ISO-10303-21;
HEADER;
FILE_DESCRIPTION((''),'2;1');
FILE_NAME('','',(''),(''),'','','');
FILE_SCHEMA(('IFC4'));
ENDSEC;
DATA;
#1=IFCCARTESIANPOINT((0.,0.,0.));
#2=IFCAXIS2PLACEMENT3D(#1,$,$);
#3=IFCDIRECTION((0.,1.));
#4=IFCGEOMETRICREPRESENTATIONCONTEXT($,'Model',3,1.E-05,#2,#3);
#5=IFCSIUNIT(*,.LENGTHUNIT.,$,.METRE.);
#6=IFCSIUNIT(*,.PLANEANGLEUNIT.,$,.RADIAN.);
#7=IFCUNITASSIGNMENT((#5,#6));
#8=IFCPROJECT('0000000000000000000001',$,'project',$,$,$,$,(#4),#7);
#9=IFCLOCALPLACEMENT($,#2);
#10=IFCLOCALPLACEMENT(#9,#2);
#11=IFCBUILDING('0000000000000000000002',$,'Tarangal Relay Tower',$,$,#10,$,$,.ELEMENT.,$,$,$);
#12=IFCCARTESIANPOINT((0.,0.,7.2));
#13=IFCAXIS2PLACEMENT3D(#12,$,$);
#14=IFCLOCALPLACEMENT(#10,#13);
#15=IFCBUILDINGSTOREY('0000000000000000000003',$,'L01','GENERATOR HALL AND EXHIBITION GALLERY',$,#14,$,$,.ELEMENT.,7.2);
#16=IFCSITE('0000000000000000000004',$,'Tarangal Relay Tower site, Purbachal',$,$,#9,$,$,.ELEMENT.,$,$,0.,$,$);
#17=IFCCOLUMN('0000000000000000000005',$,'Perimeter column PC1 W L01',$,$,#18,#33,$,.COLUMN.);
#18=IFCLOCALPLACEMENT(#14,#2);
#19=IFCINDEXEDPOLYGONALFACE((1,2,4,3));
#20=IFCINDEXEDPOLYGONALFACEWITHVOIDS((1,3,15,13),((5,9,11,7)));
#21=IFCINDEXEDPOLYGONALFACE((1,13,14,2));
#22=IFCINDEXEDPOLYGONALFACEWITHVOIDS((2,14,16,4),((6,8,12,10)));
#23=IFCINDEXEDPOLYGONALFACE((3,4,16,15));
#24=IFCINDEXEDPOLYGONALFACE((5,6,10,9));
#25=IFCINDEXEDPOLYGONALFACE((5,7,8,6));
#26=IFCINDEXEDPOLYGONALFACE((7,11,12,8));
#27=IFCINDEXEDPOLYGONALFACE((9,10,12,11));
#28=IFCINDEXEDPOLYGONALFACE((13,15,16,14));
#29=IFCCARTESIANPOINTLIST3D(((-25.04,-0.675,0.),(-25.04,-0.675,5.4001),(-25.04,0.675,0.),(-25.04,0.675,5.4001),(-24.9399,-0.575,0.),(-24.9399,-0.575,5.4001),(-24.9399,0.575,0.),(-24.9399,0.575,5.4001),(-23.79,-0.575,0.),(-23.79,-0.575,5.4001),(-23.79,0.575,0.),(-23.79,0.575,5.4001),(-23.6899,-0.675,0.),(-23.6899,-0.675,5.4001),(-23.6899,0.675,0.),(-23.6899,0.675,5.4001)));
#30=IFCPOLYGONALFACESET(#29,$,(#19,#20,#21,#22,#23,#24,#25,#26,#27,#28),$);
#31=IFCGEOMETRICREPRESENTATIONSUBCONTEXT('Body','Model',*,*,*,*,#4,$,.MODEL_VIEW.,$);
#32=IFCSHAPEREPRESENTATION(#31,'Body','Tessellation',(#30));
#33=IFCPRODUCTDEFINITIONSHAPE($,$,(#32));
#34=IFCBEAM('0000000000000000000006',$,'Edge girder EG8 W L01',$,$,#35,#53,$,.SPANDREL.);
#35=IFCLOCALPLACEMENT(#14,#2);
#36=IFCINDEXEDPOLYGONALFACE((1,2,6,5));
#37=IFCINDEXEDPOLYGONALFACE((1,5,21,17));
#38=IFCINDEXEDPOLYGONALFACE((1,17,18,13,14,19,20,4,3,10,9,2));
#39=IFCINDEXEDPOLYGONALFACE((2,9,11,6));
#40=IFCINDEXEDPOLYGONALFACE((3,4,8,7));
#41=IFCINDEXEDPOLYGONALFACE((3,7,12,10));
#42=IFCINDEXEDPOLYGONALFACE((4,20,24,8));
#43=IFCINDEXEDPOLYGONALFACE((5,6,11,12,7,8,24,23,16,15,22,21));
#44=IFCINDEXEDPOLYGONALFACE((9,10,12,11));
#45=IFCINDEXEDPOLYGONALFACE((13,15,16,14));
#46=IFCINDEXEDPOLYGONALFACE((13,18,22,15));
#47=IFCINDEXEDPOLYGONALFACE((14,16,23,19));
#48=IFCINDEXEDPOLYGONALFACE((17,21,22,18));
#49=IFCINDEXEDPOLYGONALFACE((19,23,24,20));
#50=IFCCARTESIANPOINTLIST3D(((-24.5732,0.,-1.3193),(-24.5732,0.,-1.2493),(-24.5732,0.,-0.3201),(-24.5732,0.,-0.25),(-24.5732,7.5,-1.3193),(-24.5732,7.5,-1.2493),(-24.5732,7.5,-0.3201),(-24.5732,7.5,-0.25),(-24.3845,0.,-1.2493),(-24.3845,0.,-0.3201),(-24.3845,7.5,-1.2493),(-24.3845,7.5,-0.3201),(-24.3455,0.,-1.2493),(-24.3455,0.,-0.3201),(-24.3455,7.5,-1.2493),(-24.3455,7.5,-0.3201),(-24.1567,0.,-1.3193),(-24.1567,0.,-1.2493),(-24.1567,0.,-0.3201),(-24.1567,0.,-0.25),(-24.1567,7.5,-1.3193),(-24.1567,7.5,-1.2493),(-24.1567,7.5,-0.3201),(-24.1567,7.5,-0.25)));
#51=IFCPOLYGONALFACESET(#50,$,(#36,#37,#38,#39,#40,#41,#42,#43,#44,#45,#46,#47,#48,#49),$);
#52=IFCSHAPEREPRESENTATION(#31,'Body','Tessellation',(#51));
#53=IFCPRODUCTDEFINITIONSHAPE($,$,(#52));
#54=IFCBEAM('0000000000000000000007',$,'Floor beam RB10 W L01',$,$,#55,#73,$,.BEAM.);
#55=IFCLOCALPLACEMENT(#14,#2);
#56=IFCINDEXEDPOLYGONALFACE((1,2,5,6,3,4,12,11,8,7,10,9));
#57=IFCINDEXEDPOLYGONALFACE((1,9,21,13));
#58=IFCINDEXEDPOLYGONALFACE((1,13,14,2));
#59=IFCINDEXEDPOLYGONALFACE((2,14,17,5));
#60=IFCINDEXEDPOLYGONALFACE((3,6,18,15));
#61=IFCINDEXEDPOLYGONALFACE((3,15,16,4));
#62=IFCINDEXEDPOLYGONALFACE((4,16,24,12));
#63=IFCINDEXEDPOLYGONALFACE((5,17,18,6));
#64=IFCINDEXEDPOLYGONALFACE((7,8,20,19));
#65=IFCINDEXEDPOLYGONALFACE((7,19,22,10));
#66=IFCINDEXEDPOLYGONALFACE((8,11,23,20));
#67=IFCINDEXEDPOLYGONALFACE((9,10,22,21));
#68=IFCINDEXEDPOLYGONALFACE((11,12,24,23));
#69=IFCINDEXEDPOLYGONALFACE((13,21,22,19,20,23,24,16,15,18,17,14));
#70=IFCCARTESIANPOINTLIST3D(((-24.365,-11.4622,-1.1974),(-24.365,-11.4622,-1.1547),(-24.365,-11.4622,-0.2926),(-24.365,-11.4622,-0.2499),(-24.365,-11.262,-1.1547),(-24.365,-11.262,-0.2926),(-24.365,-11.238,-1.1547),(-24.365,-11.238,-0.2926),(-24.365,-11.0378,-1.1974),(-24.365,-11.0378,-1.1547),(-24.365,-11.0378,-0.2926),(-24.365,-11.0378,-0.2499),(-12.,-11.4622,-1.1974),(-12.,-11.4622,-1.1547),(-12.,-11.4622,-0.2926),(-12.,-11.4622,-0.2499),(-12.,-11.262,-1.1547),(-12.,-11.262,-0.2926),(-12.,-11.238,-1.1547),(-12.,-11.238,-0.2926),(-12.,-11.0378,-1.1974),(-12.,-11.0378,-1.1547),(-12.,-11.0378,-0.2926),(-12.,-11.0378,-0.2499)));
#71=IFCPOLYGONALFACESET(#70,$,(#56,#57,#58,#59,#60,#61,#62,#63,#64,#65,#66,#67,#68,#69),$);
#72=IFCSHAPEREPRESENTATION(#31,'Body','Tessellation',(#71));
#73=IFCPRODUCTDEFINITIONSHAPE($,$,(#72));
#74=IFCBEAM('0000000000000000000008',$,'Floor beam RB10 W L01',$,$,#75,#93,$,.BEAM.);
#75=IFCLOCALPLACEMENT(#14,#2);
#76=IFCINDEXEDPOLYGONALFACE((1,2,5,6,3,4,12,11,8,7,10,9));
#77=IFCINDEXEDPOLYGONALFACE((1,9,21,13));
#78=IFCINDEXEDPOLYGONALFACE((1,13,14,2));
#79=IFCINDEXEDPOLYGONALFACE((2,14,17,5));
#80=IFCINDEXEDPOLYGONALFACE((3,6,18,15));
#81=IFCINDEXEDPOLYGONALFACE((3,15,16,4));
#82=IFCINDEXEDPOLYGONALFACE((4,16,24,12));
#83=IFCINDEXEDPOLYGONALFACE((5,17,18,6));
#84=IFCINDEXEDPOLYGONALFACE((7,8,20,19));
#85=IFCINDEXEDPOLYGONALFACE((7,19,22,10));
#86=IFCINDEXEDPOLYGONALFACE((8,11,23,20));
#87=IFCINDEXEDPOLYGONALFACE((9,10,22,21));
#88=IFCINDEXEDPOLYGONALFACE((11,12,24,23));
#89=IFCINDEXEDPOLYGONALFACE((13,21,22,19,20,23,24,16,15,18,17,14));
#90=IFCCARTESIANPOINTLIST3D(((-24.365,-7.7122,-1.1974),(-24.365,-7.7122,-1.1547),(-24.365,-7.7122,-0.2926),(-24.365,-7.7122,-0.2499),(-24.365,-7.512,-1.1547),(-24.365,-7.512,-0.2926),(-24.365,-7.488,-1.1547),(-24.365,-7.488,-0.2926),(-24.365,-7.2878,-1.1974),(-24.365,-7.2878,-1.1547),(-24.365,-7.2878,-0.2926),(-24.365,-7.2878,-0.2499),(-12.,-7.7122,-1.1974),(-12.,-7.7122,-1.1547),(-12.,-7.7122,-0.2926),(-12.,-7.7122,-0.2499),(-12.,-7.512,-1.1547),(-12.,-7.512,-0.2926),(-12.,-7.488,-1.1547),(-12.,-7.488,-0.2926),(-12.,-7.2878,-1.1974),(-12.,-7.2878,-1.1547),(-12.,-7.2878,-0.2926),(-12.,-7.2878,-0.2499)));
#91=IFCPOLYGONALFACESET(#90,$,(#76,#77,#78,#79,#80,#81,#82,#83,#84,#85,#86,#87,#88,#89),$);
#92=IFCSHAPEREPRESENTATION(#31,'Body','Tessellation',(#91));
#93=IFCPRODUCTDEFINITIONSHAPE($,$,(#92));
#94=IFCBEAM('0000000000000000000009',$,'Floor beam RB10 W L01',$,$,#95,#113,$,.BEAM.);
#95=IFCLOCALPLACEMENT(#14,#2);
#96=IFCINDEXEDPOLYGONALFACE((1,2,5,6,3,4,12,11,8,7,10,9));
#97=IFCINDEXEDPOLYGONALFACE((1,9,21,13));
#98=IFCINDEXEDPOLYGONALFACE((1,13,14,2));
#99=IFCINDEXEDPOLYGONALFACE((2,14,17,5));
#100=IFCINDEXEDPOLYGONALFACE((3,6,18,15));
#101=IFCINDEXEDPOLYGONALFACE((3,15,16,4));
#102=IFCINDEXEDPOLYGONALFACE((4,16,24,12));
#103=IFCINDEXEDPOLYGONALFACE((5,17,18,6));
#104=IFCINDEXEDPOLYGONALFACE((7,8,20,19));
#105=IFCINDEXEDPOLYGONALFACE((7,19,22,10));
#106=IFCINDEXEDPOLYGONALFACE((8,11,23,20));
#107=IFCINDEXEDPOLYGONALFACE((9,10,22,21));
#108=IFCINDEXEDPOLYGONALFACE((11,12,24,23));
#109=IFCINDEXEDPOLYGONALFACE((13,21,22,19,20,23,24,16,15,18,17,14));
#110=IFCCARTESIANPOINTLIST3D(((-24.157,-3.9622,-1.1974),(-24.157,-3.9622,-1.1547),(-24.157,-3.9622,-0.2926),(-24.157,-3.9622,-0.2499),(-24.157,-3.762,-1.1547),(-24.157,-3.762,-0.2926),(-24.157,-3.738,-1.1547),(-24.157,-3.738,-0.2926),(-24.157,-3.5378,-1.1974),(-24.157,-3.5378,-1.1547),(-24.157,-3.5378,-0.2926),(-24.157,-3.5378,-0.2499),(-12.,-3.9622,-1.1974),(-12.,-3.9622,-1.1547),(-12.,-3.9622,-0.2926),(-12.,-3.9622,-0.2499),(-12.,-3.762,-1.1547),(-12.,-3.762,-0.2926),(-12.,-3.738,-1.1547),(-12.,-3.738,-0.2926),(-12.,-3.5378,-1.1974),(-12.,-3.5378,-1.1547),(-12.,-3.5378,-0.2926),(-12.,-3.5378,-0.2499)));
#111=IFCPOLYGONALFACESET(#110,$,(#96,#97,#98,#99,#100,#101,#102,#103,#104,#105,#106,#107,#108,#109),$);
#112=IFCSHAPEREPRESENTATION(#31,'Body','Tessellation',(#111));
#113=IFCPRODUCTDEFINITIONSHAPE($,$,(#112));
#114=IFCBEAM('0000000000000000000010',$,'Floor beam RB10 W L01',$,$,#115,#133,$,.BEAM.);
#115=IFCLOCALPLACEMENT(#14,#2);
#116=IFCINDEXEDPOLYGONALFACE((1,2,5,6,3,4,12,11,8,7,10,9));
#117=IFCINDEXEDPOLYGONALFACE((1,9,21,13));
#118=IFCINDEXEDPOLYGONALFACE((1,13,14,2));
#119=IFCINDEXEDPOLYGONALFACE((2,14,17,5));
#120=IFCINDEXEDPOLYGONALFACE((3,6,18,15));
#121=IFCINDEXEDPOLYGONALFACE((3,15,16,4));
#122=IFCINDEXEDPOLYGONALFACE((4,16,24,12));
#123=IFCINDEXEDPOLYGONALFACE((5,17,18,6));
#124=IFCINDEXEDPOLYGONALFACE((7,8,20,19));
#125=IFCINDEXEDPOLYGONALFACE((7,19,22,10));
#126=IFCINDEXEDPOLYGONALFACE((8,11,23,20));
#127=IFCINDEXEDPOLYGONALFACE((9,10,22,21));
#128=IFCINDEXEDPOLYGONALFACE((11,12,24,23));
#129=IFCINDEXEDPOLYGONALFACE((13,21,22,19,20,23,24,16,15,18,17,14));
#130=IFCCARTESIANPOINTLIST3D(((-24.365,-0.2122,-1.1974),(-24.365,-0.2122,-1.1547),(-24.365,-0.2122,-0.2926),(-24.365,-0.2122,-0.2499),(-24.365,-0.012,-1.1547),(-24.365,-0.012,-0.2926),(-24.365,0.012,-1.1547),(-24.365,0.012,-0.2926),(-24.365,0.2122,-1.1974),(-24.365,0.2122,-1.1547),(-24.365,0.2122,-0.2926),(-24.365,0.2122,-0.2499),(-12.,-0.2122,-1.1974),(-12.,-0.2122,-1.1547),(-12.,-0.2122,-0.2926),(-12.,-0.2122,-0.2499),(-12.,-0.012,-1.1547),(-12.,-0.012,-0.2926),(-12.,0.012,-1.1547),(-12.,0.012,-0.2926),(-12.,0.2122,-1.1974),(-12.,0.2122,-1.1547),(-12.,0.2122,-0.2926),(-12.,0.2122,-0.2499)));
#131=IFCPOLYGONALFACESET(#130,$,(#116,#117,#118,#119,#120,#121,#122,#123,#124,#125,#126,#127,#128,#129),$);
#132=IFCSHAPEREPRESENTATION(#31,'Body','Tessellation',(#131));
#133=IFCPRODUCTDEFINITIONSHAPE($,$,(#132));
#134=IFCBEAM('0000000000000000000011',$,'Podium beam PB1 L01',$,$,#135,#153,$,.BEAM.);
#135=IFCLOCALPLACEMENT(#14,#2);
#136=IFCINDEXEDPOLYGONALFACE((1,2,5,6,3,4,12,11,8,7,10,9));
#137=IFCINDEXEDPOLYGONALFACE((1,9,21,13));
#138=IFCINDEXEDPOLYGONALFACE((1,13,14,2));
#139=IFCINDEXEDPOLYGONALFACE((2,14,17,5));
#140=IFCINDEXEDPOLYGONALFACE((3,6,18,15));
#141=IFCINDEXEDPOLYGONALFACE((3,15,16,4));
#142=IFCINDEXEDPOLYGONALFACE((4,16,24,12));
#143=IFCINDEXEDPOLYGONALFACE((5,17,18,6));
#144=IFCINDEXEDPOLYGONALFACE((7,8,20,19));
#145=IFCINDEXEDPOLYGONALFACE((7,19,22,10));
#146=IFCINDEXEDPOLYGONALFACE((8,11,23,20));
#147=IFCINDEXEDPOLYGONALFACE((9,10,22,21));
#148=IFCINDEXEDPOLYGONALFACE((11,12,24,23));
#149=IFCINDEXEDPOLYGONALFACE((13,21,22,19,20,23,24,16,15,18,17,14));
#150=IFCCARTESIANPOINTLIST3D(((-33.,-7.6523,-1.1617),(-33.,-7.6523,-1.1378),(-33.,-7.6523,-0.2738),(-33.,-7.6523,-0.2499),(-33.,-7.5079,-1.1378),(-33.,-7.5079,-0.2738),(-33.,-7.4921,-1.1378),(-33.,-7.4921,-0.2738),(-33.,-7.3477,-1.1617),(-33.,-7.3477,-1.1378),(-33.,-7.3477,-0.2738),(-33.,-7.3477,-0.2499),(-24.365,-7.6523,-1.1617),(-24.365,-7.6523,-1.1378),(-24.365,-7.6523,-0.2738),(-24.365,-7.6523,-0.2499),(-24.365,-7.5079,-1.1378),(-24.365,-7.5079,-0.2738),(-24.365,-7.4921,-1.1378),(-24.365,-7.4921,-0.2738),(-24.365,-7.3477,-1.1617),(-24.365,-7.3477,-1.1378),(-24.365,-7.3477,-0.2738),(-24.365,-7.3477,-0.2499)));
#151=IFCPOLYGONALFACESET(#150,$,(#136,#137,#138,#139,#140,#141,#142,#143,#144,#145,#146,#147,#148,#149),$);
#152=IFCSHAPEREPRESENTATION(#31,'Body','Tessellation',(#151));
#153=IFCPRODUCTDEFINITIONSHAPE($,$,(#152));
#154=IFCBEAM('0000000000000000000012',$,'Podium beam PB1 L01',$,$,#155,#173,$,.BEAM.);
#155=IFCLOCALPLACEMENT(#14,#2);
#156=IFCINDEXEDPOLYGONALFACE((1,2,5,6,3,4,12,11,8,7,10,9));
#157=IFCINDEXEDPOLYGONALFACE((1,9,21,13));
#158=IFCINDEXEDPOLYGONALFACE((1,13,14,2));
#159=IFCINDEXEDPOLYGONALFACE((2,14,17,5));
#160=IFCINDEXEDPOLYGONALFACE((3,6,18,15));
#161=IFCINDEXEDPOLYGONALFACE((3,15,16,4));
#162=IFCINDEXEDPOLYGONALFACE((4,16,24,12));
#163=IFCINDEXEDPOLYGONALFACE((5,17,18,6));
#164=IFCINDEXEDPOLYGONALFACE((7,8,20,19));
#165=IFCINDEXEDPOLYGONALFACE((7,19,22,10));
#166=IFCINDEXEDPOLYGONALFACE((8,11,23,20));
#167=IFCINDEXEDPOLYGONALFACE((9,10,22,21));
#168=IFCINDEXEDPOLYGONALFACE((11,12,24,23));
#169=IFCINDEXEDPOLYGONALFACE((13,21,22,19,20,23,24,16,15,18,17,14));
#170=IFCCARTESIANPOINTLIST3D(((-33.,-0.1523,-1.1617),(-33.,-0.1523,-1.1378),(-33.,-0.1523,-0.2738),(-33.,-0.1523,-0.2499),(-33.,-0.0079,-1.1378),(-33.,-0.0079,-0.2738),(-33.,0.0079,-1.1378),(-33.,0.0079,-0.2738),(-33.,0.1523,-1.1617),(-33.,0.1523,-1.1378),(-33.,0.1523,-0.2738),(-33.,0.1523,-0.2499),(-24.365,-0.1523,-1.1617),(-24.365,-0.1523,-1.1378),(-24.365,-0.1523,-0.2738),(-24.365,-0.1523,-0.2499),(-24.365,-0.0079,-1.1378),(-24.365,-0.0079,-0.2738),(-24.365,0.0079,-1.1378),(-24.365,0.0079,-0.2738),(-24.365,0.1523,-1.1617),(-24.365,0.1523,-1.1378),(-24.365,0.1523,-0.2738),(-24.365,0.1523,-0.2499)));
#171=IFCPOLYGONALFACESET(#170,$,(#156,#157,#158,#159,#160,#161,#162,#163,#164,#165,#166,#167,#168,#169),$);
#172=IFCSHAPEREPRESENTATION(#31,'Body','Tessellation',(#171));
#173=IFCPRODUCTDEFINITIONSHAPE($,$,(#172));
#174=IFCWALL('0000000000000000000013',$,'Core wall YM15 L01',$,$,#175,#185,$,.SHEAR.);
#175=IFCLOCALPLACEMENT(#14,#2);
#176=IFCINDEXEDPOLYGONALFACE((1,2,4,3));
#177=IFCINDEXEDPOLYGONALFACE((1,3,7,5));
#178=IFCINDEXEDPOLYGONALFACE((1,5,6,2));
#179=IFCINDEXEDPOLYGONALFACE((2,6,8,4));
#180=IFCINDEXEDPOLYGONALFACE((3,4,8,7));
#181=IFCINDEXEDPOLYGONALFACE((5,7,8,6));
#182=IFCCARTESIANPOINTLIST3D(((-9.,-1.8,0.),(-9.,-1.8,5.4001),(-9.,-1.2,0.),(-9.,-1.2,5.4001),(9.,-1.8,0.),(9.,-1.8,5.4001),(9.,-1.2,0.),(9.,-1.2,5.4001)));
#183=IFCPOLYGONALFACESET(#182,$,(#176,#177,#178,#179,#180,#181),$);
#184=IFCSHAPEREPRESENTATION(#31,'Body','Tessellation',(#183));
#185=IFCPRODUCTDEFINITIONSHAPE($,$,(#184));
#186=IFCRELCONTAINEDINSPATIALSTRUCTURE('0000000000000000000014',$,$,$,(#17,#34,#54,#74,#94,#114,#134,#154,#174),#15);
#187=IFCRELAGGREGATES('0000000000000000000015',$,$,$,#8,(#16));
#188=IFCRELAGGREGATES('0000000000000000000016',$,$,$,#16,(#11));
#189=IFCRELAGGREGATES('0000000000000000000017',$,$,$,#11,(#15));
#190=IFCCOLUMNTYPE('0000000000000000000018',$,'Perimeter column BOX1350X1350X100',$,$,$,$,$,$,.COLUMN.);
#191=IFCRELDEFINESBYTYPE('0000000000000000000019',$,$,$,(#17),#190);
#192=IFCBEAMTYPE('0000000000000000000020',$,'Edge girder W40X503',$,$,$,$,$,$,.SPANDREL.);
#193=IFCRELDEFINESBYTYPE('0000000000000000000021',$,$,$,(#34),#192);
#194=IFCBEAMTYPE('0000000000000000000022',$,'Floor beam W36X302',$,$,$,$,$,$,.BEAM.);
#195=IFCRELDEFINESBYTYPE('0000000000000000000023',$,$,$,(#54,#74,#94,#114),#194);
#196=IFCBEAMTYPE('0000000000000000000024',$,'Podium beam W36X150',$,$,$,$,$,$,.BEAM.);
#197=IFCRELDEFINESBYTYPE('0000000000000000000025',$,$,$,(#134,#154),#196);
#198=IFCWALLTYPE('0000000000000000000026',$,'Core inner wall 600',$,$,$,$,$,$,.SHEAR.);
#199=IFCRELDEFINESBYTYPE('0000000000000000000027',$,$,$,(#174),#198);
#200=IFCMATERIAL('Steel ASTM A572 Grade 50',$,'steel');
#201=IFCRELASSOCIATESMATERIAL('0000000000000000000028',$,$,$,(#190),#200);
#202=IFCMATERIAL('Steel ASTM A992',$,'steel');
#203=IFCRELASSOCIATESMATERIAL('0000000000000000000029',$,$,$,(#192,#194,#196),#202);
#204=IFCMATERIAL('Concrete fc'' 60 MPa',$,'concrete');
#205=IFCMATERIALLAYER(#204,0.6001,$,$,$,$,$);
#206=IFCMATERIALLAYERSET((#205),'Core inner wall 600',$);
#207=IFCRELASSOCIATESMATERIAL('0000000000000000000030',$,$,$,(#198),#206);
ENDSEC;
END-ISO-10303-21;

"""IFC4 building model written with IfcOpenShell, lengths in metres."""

from ifc_helpers import new_model, si_unit, direction, frame, frame_2d, origin, origin_2d, place, context, subcontext, project, spatial, rectangle, hollow_rectangle, i_section, extrude, material, layer, layer_set, material_profile, profile_set, type_object, element, save


model = new_model("IFC4")

# Units and contexts
model_context = context("Model", 3, precision=1e-05, world=origin(), true_north=direction((0.0, 1.0)))
body_context = subcontext(model_context, "Body", "Model", "MODEL_VIEW")
ifc_project = project(units=[si_unit("LENGTHUNIT", "METRE"), si_unit("PLANEANGLEUNIT", "RADIAN")], contexts=[model_context])

# Site, building, storey
site_placement = place(None, origin())
site = spatial("IfcSite", under=ifc_project, at=site_placement, Name="Tarangal Relay Tower site, Purbachal", CompositionType="ELEMENT", RefElevation=0.0)
building_placement = place(site_placement, origin())
building = spatial("IfcBuilding", under=site, at=building_placement, Name="Tarangal Relay Tower", CompositionType="ELEMENT")
storey_placement = place(building_placement, frame((0.0, 0.0, 7.2)))
storey = spatial("IfcBuildingStorey", under=building, at=storey_placement, Name="L01", Description="GENERATOR HALL AND EXHIBITION GALLERY", CompositionType="ELEMENT", Elevation=7.2)

# Column
ifc_material_1 = material(Name="Steel ASTM A572 Grade 50", Category="steel")
ifc_material_profile_1 = material_profile(ifc_material_1, hollow_rectangle(XDim=1.3501, YDim=1.3501, WallThickness=0.1001, at=origin_2d()), Name="BOX1350X1350X100")
ifc_profile_set_1 = profile_set([ifc_material_profile_1], Name="Steel ASTM A572 Grade 50")
column_type = type_object("IfcColumnType", Name="Perimeter column BOX1350X1350X100", PredefinedType="COLUMN", material=ifc_profile_set_1)
column_placement = place(storey_placement, frame((-24.365, 0.0, 0.0), z_axis=(0.0, 0.0, 1.0), x_axis=(1.0, 0.0, 0.0)))
element("IfcColumn", 1, at=column_placement, inside=storey, type_object=column_type, Name="Perimeter column PC1 W L01", PredefinedType="COLUMN", context=body_context, shape_type="SweptSolid", body=[
    extrude(hollow_rectangle(XDim=1.3501, YDim=1.3501, WallThickness=0.1001, at=origin_2d()), origin(), (0.0, 0.0, 1.0), 5.4001),
])

# Beams
ifc_material_2 = material(Name="Steel ASTM A992", Category="steel")
ifc_material_profile_2 = material_profile(ifc_material_2, i_section(OverallWidth=0.4165, OverallDepth=1.0693, WebThickness=0.0391, FlangeThickness=0.0701, at=origin_2d()), Name="W40X503")
ifc_profile_set_2 = profile_set([ifc_material_profile_2], Name="Steel ASTM A992")
beam_type_1 = type_object("IfcBeamType", Name="Edge girder W40X503", PredefinedType="SPANDREL", material=ifc_profile_set_2)
beam_1_placement = place(storey_placement, frame((-24.365, 0.0, -0.7847), z_axis=(0.0, 1.0, 0.0), x_axis=(-1.0, 0.0, 0.0)))
element("IfcBeam", 2, at=beam_1_placement, inside=storey, type_object=beam_type_1, Name="Edge girder EG8 W L01", PredefinedType="SPANDREL", context=body_context, shape_type="SweptSolid", body=[
    extrude(i_section(OverallWidth=0.4165, OverallDepth=1.0693, WebThickness=0.0391, FlangeThickness=0.0701, at=origin_2d()), origin(), (0.0, 0.0, 1.0), 7.5),
])
ifc_material_profile_3 = material_profile(ifc_material_2, i_section(OverallWidth=0.4243, OverallDepth=0.9475, WebThickness=0.0239, FlangeThickness=0.0427, at=origin_2d()), Name="W36X302")
ifc_profile_set_3 = profile_set([ifc_material_profile_3], Name="Steel ASTM A992")
beam_type_2 = type_object("IfcBeamType", Name="Floor beam W36X302", PredefinedType="BEAM", material=ifc_profile_set_3)
for number, where, z_axis, x_axis, name in (
    (3, (-12.0, -11.25, -0.7236), (-1.0, 0.0, 0.0), (0.0, -1.0, 0.0), "Floor beam RB10 W L01"),
    (4, (-12.0, -7.5, -0.7236), (-1.0, 0.0, 0.0), (0.0, -1.0, 0.0), "Floor beam RB10 W L01"),
):
    element("IfcBeam", number, at=place(storey_placement, frame(where, z_axis=z_axis, x_axis=x_axis)), inside=storey, type_object=beam_type_2, Name=name, PredefinedType="BEAM", context=body_context, shape_type="SweptSolid", body=[
        extrude(i_section(OverallWidth=0.4243, OverallDepth=0.9475, WebThickness=0.0239, FlangeThickness=0.0427, at=origin_2d()), origin(), (0.0, 0.0, 1.0), 12.365),
    ])
beam_2_placement = place(storey_placement, frame((-12.0, -3.75, -0.7236), z_axis=(-1.0, 0.0, 0.0), x_axis=(0.0, -1.0, 0.0)))
element("IfcBeam", 5, at=beam_2_placement, inside=storey, type_object=beam_type_2, Name="Floor beam RB10 W L01", PredefinedType="BEAM", context=body_context, shape_type="SweptSolid", body=[
    extrude(i_section(OverallWidth=0.4243, OverallDepth=0.9475, WebThickness=0.0239, FlangeThickness=0.0427, at=origin_2d()), origin(), (0.0, 0.0, 1.0), 12.157),
])
beam_3_placement = place(storey_placement, frame((-12.0, 0.0, -0.7236), z_axis=(-1.0, 0.0, 0.0), x_axis=(0.0, -1.0, 0.0)))
element("IfcBeam", 6, at=beam_3_placement, inside=storey, type_object=beam_type_2, Name="Floor beam RB10 W L01", PredefinedType="BEAM", context=body_context, shape_type="SweptSolid", body=[
    extrude(i_section(OverallWidth=0.4243, OverallDepth=0.9475, WebThickness=0.0239, FlangeThickness=0.0427, at=origin_2d()), origin(), (0.0, 0.0, 1.0), 12.365),
])
ifc_material_profile_4 = material_profile(ifc_material_2, i_section(OverallWidth=0.3047, OverallDepth=0.9119, WebThickness=0.0159, FlangeThickness=0.0239, at=origin_2d()), Name="W36X150")
ifc_profile_set_4 = profile_set([ifc_material_profile_4], Name="Steel ASTM A992")
beam_type_3 = type_object("IfcBeamType", Name="Podium beam W36X150", PredefinedType="BEAM", material=ifc_profile_set_4)
for number, where, z_axis, x_axis, name in (
    (7, (-24.365, -7.5, -0.7058), (-1.0, 0.0, 0.0), (0.0, -1.0, 0.0), "Podium beam PB1 L01"),
    (8, (-24.365, 0.0, -0.7058), (-1.0, 0.0, 0.0), (0.0, -1.0, 0.0), "Podium beam PB1 L01"),
):
    element("IfcBeam", number, at=place(storey_placement, frame(where, z_axis=z_axis, x_axis=x_axis)), inside=storey, type_object=beam_type_3, Name=name, PredefinedType="BEAM", context=body_context, shape_type="SweptSolid", body=[
        extrude(i_section(OverallWidth=0.3047, OverallDepth=0.9119, WebThickness=0.0159, FlangeThickness=0.0239, at=origin_2d()), origin(), (0.0, 0.0, 1.0), 8.635),
    ])

# Wall
ifc_material_3 = material(Name="Concrete fc' 60 MPa", Category="concrete")
ifc_layer_1 = layer(ifc_material_3, 0.6001)
ifc_layer_set_1 = layer_set([ifc_layer_1], Name="Core inner wall 600")
wall_type_1 = type_object("IfcWallType", Name="Core inner wall 600", PredefinedType="SHEAR", material=ifc_layer_set_1)
for number, where, z_axis, x_axis, name in (
    (9, (-9.0, -1.5, 0.0), (0.0, 0.0, 1.0), (1.0, 0.0, 0.0), "Core wall YM15 L01"),
):
    element("IfcWall", number, at=place(storey_placement, frame(where, z_axis=z_axis, x_axis=x_axis)), inside=storey, type_object=wall_type_1, Name=name, PredefinedType="SHEAR", context=body_context, shape_type="SweptSolid", body=[
        extrude(rectangle(XDim=18.0, YDim=0.6001, at=frame_2d((9.0, 0.0))), origin(), (0.0, 0.0, 1.0), 5.4001),
    ])

save(model, "model.ifc")
